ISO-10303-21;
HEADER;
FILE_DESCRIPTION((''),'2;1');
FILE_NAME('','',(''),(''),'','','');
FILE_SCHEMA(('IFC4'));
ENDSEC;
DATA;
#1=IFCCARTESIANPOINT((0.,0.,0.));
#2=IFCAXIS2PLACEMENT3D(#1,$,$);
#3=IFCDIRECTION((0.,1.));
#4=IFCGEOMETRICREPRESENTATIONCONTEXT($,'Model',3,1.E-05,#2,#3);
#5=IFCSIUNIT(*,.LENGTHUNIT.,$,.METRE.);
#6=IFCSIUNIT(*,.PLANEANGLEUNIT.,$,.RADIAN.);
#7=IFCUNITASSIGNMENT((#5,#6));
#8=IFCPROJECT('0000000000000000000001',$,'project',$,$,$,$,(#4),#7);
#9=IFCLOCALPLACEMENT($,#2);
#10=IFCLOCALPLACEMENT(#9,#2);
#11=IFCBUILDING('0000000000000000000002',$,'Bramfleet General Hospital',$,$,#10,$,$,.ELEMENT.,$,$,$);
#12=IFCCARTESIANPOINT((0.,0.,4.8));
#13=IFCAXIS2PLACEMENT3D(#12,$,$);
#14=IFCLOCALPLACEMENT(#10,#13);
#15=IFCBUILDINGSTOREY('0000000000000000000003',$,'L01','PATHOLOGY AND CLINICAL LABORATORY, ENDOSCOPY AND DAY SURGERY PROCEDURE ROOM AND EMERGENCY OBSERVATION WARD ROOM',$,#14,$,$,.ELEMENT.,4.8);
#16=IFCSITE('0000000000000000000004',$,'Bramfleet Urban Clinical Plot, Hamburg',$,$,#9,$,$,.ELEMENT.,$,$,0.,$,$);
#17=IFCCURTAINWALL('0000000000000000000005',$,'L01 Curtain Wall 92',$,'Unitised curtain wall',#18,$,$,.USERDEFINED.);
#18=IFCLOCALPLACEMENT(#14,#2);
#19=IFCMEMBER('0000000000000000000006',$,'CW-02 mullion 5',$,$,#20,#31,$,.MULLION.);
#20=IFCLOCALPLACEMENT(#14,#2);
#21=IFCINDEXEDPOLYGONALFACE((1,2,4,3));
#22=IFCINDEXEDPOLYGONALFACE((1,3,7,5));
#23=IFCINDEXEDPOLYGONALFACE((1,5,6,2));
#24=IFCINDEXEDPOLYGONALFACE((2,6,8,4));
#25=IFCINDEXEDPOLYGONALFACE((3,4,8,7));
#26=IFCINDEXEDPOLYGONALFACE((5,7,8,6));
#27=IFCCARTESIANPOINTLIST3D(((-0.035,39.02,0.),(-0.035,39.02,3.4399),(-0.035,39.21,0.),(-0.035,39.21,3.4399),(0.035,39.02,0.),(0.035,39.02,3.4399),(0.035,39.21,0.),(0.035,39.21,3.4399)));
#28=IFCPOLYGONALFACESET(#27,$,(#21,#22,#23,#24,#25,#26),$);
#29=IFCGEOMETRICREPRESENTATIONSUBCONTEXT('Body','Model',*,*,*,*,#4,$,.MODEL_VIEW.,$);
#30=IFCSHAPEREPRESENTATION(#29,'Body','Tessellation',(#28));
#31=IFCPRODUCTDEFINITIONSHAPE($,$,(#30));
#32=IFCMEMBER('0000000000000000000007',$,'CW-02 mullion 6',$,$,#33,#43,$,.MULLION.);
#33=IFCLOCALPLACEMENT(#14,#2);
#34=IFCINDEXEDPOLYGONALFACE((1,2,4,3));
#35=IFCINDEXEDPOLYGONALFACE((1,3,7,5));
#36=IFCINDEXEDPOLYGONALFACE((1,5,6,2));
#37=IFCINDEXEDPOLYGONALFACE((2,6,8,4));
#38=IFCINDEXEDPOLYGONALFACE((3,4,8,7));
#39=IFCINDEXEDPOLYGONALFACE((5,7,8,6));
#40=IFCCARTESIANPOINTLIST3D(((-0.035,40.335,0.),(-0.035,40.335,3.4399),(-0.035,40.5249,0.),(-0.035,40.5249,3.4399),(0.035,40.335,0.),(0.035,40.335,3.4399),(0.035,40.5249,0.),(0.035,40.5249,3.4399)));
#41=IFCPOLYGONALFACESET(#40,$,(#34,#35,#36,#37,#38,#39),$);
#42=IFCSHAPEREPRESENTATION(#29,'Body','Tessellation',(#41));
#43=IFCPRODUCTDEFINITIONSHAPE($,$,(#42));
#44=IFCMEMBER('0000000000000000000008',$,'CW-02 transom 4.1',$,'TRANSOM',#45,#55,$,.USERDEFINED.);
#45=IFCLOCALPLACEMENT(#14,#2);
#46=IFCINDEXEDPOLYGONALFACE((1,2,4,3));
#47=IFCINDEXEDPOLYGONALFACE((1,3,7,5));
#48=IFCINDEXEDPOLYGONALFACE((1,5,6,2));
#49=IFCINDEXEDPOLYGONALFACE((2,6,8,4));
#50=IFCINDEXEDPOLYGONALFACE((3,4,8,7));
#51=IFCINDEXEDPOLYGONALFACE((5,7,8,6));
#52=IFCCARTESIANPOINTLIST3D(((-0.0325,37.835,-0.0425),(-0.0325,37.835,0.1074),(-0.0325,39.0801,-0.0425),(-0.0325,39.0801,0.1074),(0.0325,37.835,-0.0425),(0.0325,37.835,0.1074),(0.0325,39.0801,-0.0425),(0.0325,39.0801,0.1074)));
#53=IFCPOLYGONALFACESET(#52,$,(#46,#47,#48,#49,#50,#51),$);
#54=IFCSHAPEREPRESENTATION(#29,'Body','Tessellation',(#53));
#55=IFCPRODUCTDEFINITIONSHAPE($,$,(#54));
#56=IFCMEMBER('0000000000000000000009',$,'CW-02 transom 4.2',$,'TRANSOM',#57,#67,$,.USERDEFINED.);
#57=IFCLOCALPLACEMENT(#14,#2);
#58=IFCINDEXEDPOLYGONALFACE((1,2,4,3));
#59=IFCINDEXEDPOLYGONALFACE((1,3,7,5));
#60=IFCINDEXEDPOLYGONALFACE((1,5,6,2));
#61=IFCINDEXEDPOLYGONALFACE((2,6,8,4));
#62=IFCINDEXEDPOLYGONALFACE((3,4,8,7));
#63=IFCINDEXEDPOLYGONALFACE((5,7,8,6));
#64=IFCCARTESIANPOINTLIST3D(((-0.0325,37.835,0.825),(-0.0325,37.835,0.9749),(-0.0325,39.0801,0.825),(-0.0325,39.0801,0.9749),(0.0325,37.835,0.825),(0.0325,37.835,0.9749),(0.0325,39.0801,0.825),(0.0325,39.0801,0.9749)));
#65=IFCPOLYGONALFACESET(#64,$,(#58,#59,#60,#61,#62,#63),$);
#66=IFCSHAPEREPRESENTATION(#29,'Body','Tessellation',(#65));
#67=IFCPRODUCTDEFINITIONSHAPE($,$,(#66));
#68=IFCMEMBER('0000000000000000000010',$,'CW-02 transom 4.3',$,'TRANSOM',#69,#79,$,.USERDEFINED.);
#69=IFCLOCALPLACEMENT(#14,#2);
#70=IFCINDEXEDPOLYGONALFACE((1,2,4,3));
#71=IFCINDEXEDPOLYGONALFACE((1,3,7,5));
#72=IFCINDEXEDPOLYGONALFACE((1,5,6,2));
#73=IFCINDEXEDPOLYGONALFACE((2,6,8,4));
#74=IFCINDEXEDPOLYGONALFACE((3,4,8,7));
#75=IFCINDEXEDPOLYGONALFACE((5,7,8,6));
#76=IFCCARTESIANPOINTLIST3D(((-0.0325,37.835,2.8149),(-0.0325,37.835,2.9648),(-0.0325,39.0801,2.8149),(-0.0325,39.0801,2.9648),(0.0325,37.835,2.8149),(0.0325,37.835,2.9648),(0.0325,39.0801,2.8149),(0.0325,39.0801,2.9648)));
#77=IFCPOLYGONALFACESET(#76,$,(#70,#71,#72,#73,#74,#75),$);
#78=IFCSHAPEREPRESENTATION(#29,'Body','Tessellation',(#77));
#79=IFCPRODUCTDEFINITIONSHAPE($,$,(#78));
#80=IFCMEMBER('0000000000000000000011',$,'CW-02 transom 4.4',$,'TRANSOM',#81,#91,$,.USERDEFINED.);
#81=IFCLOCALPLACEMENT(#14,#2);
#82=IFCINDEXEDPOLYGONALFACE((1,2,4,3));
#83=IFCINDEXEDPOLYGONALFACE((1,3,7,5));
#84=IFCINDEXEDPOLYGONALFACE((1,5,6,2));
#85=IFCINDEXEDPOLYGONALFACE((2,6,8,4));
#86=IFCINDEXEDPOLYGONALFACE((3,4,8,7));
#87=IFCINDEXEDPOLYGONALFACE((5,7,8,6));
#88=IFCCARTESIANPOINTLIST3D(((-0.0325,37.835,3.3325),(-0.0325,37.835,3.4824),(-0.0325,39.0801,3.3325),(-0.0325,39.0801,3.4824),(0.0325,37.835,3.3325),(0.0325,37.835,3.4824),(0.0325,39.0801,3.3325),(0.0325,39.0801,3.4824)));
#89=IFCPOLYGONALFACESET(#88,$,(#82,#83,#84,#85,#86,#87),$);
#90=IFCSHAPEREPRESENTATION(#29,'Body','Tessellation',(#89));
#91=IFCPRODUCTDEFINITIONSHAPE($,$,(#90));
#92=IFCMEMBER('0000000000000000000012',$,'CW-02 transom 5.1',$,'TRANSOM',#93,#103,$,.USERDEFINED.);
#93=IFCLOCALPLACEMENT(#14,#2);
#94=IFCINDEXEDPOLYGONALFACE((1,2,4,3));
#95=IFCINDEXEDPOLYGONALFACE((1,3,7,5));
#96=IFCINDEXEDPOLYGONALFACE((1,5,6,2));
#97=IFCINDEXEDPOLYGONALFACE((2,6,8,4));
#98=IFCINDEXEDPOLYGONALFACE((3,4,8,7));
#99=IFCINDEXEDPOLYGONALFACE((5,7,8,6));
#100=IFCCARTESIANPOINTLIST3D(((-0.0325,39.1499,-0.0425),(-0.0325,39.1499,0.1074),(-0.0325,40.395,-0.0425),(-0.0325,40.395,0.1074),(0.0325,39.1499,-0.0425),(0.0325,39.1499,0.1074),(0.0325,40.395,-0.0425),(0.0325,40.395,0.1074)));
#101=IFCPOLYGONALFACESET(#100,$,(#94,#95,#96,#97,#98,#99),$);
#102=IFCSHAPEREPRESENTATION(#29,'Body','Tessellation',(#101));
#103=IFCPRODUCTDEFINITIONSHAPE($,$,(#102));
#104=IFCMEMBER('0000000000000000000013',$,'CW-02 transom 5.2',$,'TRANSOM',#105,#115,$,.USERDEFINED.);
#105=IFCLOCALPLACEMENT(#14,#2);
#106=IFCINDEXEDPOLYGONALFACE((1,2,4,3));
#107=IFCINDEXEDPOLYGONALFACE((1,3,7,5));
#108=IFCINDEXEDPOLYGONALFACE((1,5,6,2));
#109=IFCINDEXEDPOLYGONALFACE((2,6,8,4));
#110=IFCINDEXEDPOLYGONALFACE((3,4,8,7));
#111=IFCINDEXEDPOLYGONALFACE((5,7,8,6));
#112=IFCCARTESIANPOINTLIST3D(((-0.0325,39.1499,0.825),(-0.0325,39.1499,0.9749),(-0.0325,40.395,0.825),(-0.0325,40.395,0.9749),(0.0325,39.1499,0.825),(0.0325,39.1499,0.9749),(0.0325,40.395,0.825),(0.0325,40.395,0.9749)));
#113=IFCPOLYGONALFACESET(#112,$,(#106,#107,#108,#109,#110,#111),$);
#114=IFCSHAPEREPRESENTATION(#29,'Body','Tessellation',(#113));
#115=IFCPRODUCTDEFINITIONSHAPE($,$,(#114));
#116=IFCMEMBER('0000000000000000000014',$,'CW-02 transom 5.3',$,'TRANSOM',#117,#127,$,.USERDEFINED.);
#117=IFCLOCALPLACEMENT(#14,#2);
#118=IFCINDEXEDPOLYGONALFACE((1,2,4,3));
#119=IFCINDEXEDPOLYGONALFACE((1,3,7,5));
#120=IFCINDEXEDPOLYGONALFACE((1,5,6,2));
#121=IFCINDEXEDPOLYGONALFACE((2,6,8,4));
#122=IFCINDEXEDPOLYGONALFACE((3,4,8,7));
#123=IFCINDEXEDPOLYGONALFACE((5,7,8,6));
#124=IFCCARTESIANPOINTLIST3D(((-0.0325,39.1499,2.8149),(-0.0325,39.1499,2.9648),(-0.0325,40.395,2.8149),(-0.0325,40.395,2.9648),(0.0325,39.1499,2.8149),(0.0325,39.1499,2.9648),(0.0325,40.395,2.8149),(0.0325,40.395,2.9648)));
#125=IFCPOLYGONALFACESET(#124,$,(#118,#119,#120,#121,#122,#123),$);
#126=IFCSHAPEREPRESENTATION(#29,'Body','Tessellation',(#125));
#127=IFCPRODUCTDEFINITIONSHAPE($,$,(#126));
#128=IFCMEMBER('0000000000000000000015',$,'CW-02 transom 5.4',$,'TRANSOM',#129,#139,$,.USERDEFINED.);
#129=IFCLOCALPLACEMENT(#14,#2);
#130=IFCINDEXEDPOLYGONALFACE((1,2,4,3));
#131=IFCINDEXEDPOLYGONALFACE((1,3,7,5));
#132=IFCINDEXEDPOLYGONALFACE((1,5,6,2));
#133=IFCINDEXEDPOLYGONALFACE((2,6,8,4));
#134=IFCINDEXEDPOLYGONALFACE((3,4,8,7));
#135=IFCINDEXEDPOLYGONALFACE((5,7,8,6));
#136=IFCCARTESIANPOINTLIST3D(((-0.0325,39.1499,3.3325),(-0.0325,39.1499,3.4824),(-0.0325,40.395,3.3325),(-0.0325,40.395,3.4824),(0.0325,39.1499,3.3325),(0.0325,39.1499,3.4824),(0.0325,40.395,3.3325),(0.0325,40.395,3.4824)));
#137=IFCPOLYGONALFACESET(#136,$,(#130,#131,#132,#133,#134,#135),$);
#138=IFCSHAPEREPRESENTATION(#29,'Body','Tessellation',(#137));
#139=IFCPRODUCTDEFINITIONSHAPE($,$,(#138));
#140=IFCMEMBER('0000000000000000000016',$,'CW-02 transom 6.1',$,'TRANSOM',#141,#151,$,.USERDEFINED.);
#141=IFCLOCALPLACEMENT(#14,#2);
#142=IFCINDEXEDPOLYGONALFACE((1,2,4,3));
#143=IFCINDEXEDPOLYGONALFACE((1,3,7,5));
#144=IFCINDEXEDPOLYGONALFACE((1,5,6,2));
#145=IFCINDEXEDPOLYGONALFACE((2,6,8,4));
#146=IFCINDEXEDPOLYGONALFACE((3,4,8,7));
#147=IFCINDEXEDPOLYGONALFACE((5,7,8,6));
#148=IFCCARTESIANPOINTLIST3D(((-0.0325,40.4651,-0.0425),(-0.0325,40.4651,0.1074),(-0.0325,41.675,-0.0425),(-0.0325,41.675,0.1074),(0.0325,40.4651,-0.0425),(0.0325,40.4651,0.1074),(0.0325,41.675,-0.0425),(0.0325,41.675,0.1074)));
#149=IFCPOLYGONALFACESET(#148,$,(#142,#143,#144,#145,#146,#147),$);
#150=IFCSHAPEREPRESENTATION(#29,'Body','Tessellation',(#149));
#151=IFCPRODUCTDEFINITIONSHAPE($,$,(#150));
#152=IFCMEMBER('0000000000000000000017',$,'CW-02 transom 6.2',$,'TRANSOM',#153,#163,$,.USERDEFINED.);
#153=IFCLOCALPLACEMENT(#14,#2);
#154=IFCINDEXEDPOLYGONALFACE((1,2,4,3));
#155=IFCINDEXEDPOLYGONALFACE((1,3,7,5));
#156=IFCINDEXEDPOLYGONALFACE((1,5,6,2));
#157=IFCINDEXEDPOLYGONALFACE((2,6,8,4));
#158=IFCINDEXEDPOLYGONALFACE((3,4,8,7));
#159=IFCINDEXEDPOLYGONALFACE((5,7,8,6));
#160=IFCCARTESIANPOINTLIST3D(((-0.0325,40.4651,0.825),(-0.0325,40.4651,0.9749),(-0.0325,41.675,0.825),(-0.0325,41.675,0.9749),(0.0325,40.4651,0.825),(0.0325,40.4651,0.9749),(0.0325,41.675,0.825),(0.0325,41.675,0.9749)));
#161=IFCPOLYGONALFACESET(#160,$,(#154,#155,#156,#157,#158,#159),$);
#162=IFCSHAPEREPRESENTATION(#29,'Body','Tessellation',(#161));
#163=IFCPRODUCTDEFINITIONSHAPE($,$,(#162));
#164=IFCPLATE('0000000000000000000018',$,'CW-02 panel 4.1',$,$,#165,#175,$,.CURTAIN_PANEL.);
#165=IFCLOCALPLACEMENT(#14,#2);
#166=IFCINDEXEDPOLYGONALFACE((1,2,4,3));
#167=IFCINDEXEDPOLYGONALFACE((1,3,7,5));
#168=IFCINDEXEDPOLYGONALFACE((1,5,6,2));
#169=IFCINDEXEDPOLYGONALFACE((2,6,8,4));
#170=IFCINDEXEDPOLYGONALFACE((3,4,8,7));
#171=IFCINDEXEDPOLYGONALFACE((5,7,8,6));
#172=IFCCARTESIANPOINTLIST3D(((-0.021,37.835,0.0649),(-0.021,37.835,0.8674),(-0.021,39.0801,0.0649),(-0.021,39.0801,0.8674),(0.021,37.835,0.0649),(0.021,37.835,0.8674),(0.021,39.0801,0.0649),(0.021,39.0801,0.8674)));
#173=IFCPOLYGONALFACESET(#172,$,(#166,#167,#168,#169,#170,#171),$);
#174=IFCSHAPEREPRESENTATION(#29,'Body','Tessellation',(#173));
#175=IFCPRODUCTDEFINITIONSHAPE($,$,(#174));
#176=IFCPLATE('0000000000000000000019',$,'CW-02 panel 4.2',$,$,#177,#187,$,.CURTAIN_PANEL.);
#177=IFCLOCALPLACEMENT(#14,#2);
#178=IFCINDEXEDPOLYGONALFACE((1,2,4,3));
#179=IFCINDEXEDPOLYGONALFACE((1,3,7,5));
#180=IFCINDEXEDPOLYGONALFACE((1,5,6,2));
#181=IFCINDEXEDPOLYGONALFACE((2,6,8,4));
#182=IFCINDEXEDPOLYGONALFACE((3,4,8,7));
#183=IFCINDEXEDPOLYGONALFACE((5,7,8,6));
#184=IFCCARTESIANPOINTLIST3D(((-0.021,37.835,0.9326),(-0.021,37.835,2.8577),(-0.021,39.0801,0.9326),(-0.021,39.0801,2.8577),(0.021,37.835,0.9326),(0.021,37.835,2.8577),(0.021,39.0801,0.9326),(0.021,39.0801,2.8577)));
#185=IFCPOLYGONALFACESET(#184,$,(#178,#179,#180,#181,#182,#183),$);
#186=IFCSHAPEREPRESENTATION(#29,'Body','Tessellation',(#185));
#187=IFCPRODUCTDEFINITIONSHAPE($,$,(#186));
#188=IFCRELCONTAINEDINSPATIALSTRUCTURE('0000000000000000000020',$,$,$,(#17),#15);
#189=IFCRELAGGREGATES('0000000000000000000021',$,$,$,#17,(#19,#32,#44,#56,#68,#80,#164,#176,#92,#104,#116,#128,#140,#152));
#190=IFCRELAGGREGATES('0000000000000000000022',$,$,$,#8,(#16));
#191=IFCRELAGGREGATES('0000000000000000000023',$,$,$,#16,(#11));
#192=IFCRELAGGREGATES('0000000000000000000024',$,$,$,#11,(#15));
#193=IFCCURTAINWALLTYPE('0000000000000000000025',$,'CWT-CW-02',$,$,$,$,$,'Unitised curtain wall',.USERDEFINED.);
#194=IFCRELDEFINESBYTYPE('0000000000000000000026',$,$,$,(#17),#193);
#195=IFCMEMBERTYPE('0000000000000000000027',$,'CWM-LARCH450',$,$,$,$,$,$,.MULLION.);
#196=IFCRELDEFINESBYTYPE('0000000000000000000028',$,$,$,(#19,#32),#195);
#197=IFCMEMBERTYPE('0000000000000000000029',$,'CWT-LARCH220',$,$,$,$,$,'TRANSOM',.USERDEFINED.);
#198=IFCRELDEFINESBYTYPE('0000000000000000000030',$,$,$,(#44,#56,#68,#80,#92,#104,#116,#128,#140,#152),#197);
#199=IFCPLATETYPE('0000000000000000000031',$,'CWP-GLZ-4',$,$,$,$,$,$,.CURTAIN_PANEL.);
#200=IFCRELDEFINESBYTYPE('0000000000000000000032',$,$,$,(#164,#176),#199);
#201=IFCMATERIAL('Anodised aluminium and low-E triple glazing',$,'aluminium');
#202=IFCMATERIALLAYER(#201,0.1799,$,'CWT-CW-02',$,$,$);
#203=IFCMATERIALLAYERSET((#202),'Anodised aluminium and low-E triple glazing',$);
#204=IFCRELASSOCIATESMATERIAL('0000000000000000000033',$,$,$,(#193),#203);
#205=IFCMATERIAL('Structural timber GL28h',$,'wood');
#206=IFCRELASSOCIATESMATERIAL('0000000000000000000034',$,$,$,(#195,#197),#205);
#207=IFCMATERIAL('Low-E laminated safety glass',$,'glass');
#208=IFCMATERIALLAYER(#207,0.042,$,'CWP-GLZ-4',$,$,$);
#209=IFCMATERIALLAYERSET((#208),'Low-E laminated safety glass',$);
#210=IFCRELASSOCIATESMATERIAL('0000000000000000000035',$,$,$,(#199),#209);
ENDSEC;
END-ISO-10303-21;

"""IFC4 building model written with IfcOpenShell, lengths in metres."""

from ifc_helpers import new_model, si_unit, direction, frame, origin, origin_2d, place, context, subcontext, project, spatial, rectangle, extrude, material, layer, layer_set, material_profile, profile_set, type_object, element, aggregate, save


model = new_model("IFC4")

# Units and contexts
model_context = context("Model", 3, precision=1e-05, world=origin(), true_north=direction((0.0, 1.0)))
body_context = subcontext(model_context, "Body", "Model", "MODEL_VIEW")
ifc_project = project(units=[si_unit("LENGTHUNIT", "METRE"), si_unit("PLANEANGLEUNIT", "RADIAN")], contexts=[model_context])

# Site, building, storey
site_placement = place(None, origin())
site = spatial("IfcSite", under=ifc_project, at=site_placement, Name="Bramfleet Urban Clinical Plot, Hamburg", CompositionType="ELEMENT", RefElevation=0.0)
building_placement = place(site_placement, origin())
building = spatial("IfcBuilding", under=site, at=building_placement, Name="Bramfleet General Hospital", CompositionType="ELEMENT")
storey_placement = place(building_placement, frame((0.0, 0.0, 4.8)))
storey = spatial("IfcBuildingStorey", under=building, at=storey_placement, Name="L01", Description="PATHOLOGY AND CLINICAL LABORATORY, ENDOSCOPY AND DAY SURGERY PROCEDURE ROOM AND EMERGENCY OBSERVATION WARD ROOM", CompositionType="ELEMENT", Elevation=4.8)

# Curtain wall, members, plates
ifc_material_1 = material(Name="Anodised aluminium and low-E triple glazing", Category="aluminium")
ifc_layer_1 = layer(ifc_material_1, 0.1799, Name="CWT-CW-02")
ifc_layer_set_1 = layer_set([ifc_layer_1], Name="Anodised aluminium and low-E triple glazing")
curtain_wall_type = type_object("IfcCurtainWallType", Name="CWT-CW-02", ElementType="Unitised curtain wall", PredefinedType="USERDEFINED", material=ifc_layer_set_1)
curtain_wall_placement = place(storey_placement, origin())
curtain_wall = element("IfcCurtainWall", 1, at=curtain_wall_placement, inside=storey, type_object=curtain_wall_type, Name="L01 Curtain Wall 92", ObjectType="Unitised curtain wall", PredefinedType="USERDEFINED")
ifc_material_2 = material(Name="Structural timber GL28h", Category="wood")
ifc_material_profile_1 = material_profile(ifc_material_2, rectangle(XDim=0.0701, YDim=0.1899, at=origin_2d()), Name="LARCH 190x70")
ifc_profile_set_1 = profile_set([ifc_material_profile_1], Name="Structural timber GL28h")
member_type_1 = type_object("IfcMemberType", Name="CWM-LARCH450", PredefinedType="MULLION", material=ifc_profile_set_1)
member_1_placement = place(storey_placement, frame((0.0, 39.115, 0.0), z_axis=(0.0, 0.0, 1.0), x_axis=(-1.0, 0.0, 0.0)))
member_1 = element("IfcMember", 2, at=member_1_placement, type_object=member_type_1, Name="CW-02 mullion 5", PredefinedType="MULLION", context=body_context, shape_type="SweptSolid", body=[
    extrude(rectangle(XDim=0.0701, YDim=0.1899, at=origin_2d()), origin(), (0.0, 0.0, 1.0), 3.4399),
])
member_2_placement = place(storey_placement, frame((0.0, 40.4299, 0.0), z_axis=(0.0, 0.0, 1.0), x_axis=(-1.0, 0.0, 0.0)))
member_2 = element("IfcMember", 3, at=member_2_placement, type_object=member_type_1, Name="CW-02 mullion 6", PredefinedType="MULLION", context=body_context, shape_type="SweptSolid", body=[
    extrude(rectangle(XDim=0.0701, YDim=0.1899, at=origin_2d()), origin(), (0.0, 0.0, 1.0), 3.4399),
])
ifc_material_profile_2 = material_profile(ifc_material_2, rectangle(XDim=0.0649, YDim=0.1499, at=origin_2d()), Name="LARCH 150x65")
ifc_profile_set_2 = profile_set([ifc_material_profile_2], Name="Structural timber GL28h")
member_type_2 = type_object("IfcMemberType", Name="CWT-LARCH220", ElementType="TRANSOM", PredefinedType="USERDEFINED", material=ifc_profile_set_2)
member_3_placement = place(storey_placement, frame((0.0, 37.835, 0.0325), z_axis=(0.0, 1.0, 0.0), x_axis=(-1.0, 0.0, 0.0)))
member_3 = element("IfcMember", 4, at=member_3_placement, type_object=member_type_2, Name="CW-02 transom 4.1", ObjectType="TRANSOM", PredefinedType="USERDEFINED", context=body_context, shape_type="SweptSolid", body=[
    extrude(rectangle(XDim=0.0649, YDim=0.1499, at=origin_2d()), origin(), (0.0, 0.0, 1.0), 1.2451),
])
member_4_placement = place(storey_placement, frame((0.0, 37.835, 0.8999), z_axis=(0.0, 1.0, 0.0), x_axis=(-1.0, 0.0, 0.0)))
member_4 = element("IfcMember", 5, at=member_4_placement, type_object=member_type_2, Name="CW-02 transom 4.2", ObjectType="TRANSOM", PredefinedType="USERDEFINED", context=body_context, shape_type="SweptSolid", body=[
    extrude(rectangle(XDim=0.0649, YDim=0.1499, at=origin_2d()), origin(), (0.0, 0.0, 1.0), 1.2451),
])
member_5_placement = place(storey_placement, frame((0.0, 37.835, 2.8899), z_axis=(0.0, 1.0, 0.0), x_axis=(-1.0, 0.0, 0.0)))
member_5 = element("IfcMember", 6, at=member_5_placement, type_object=member_type_2, Name="CW-02 transom 4.3", ObjectType="TRANSOM", PredefinedType="USERDEFINED", context=body_context, shape_type="SweptSolid", body=[
    extrude(rectangle(XDim=0.0649, YDim=0.1499, at=origin_2d()), origin(), (0.0, 0.0, 1.0), 1.2451),
])
member_6_placement = place(storey_placement, frame((0.0, 37.835, 3.4075), z_axis=(0.0, 1.0, 0.0), x_axis=(-1.0, 0.0, 0.0)))
member_6 = element("IfcMember", 7, at=member_6_placement, type_object=member_type_2, Name="CW-02 transom 4.4", ObjectType="TRANSOM", PredefinedType="USERDEFINED", context=body_context, shape_type="SweptSolid", body=[
    extrude(rectangle(XDim=0.0649, YDim=0.1499, at=origin_2d()), origin(), (0.0, 0.0, 1.0), 1.2451),
])
member_7_placement = place(storey_placement, frame((0.0, 39.1499, 0.0325), z_axis=(0.0, 1.0, 0.0), x_axis=(-1.0, 0.0, 0.0)))
member_7 = element("IfcMember", 8, at=member_7_placement, type_object=member_type_2, Name="CW-02 transom 5.1", ObjectType="TRANSOM", PredefinedType="USERDEFINED", context=body_context, shape_type="SweptSolid", body=[
    extrude(rectangle(XDim=0.0649, YDim=0.1499, at=origin_2d()), origin(), (0.0, 0.0, 1.0), 1.2451),
])
member_8_placement = place(storey_placement, frame((0.0, 39.1499, 0.8999), z_axis=(0.0, 1.0, 0.0), x_axis=(-1.0, 0.0, 0.0)))
member_8 = element("IfcMember", 9, at=member_8_placement, type_object=member_type_2, Name="CW-02 transom 5.2", ObjectType="TRANSOM", PredefinedType="USERDEFINED", context=body_context, shape_type="SweptSolid", body=[
    extrude(rectangle(XDim=0.0649, YDim=0.1499, at=origin_2d()), origin(), (0.0, 0.0, 1.0), 1.2451),
])
member_9_placement = place(storey_placement, frame((0.0, 39.1499, 2.8899), z_axis=(0.0, 1.0, 0.0), x_axis=(-1.0, 0.0, 0.0)))
member_9 = element("IfcMember", 10, at=member_9_placement, type_object=member_type_2, Name="CW-02 transom 5.3", ObjectType="TRANSOM", PredefinedType="USERDEFINED", context=body_context, shape_type="SweptSolid", body=[
    extrude(rectangle(XDim=0.0649, YDim=0.1499, at=origin_2d()), origin(), (0.0, 0.0, 1.0), 1.2451),
])
member_10_placement = place(storey_placement, frame((0.0, 39.1499, 3.4075), z_axis=(0.0, 1.0, 0.0), x_axis=(-1.0, 0.0, 0.0)))
member_10 = element("IfcMember", 11, at=member_10_placement, type_object=member_type_2, Name="CW-02 transom 5.4", ObjectType="TRANSOM", PredefinedType="USERDEFINED", context=body_context, shape_type="SweptSolid", body=[
    extrude(rectangle(XDim=0.0649, YDim=0.1499, at=origin_2d()), origin(), (0.0, 0.0, 1.0), 1.2451),
])
member_11_placement = place(storey_placement, frame((0.0, 40.4651, 0.0325), z_axis=(0.0, 1.0, 0.0), x_axis=(-1.0, 0.0, 0.0)))
member_11 = element("IfcMember", 12, at=member_11_placement, type_object=member_type_2, Name="CW-02 transom 6.1", ObjectType="TRANSOM", PredefinedType="USERDEFINED", context=body_context, shape_type="SweptSolid", body=[
    extrude(rectangle(XDim=0.0649, YDim=0.1499, at=origin_2d()), origin(), (0.0, 0.0, 1.0), 1.21),
])
member_12_placement = place(storey_placement, frame((0.0, 40.4651, 0.8999), z_axis=(0.0, 1.0, 0.0), x_axis=(-1.0, 0.0, 0.0)))
member_12 = element("IfcMember", 13, at=member_12_placement, type_object=member_type_2, Name="CW-02 transom 6.2", ObjectType="TRANSOM", PredefinedType="USERDEFINED", context=body_context, shape_type="SweptSolid", body=[
    extrude(rectangle(XDim=0.0649, YDim=0.1499, at=origin_2d()), origin(), (0.0, 0.0, 1.0), 1.21),
])
ifc_material_3 = material(Name="Low-E laminated safety glass", Category="glass")
ifc_layer_2 = layer(ifc_material_3, 0.042, Name="CWP-GLZ-4")
ifc_layer_set_2 = layer_set([ifc_layer_2], Name="Low-E laminated safety glass")
plate_type = type_object("IfcPlateType", Name="CWP-GLZ-4", PredefinedType="CURTAIN_PANEL", material=ifc_layer_set_2)
plate_1_placement = place(storey_placement, frame((0.0, 38.4575, 0.0649), z_axis=(0.0, 0.0, 1.0), x_axis=(0.0, 1.0, 0.0)))
plate_1 = element("IfcPlate", 14, at=plate_1_placement, type_object=plate_type, Name="CW-02 panel 4.1", PredefinedType="CURTAIN_PANEL", context=body_context, shape_type="SweptSolid", body=[
    extrude(rectangle(XDim=1.2451, YDim=0.042, at=origin_2d()), origin(), (0.0, 0.0, 1.0), 0.8025),
])
plate_2_placement = place(storey_placement, frame((0.0, 38.4575, 0.9326), z_axis=(0.0, 0.0, 1.0), x_axis=(0.0, 1.0, 0.0)))
plate_2 = element("IfcPlate", 15, at=plate_2_placement, type_object=plate_type, Name="CW-02 panel 4.2", PredefinedType="CURTAIN_PANEL", context=body_context, shape_type="SweptSolid", body=[
    extrude(rectangle(XDim=1.2451, YDim=0.042, at=origin_2d()), origin(), (0.0, 0.0, 1.0), 1.925),
])
aggregate(curtain_wall, [member_1, member_2, member_3, member_4, member_5, member_6, plate_1, plate_2, member_7, member_8, member_9, member_10, member_11, member_12])

save(model, "model.ifc")
